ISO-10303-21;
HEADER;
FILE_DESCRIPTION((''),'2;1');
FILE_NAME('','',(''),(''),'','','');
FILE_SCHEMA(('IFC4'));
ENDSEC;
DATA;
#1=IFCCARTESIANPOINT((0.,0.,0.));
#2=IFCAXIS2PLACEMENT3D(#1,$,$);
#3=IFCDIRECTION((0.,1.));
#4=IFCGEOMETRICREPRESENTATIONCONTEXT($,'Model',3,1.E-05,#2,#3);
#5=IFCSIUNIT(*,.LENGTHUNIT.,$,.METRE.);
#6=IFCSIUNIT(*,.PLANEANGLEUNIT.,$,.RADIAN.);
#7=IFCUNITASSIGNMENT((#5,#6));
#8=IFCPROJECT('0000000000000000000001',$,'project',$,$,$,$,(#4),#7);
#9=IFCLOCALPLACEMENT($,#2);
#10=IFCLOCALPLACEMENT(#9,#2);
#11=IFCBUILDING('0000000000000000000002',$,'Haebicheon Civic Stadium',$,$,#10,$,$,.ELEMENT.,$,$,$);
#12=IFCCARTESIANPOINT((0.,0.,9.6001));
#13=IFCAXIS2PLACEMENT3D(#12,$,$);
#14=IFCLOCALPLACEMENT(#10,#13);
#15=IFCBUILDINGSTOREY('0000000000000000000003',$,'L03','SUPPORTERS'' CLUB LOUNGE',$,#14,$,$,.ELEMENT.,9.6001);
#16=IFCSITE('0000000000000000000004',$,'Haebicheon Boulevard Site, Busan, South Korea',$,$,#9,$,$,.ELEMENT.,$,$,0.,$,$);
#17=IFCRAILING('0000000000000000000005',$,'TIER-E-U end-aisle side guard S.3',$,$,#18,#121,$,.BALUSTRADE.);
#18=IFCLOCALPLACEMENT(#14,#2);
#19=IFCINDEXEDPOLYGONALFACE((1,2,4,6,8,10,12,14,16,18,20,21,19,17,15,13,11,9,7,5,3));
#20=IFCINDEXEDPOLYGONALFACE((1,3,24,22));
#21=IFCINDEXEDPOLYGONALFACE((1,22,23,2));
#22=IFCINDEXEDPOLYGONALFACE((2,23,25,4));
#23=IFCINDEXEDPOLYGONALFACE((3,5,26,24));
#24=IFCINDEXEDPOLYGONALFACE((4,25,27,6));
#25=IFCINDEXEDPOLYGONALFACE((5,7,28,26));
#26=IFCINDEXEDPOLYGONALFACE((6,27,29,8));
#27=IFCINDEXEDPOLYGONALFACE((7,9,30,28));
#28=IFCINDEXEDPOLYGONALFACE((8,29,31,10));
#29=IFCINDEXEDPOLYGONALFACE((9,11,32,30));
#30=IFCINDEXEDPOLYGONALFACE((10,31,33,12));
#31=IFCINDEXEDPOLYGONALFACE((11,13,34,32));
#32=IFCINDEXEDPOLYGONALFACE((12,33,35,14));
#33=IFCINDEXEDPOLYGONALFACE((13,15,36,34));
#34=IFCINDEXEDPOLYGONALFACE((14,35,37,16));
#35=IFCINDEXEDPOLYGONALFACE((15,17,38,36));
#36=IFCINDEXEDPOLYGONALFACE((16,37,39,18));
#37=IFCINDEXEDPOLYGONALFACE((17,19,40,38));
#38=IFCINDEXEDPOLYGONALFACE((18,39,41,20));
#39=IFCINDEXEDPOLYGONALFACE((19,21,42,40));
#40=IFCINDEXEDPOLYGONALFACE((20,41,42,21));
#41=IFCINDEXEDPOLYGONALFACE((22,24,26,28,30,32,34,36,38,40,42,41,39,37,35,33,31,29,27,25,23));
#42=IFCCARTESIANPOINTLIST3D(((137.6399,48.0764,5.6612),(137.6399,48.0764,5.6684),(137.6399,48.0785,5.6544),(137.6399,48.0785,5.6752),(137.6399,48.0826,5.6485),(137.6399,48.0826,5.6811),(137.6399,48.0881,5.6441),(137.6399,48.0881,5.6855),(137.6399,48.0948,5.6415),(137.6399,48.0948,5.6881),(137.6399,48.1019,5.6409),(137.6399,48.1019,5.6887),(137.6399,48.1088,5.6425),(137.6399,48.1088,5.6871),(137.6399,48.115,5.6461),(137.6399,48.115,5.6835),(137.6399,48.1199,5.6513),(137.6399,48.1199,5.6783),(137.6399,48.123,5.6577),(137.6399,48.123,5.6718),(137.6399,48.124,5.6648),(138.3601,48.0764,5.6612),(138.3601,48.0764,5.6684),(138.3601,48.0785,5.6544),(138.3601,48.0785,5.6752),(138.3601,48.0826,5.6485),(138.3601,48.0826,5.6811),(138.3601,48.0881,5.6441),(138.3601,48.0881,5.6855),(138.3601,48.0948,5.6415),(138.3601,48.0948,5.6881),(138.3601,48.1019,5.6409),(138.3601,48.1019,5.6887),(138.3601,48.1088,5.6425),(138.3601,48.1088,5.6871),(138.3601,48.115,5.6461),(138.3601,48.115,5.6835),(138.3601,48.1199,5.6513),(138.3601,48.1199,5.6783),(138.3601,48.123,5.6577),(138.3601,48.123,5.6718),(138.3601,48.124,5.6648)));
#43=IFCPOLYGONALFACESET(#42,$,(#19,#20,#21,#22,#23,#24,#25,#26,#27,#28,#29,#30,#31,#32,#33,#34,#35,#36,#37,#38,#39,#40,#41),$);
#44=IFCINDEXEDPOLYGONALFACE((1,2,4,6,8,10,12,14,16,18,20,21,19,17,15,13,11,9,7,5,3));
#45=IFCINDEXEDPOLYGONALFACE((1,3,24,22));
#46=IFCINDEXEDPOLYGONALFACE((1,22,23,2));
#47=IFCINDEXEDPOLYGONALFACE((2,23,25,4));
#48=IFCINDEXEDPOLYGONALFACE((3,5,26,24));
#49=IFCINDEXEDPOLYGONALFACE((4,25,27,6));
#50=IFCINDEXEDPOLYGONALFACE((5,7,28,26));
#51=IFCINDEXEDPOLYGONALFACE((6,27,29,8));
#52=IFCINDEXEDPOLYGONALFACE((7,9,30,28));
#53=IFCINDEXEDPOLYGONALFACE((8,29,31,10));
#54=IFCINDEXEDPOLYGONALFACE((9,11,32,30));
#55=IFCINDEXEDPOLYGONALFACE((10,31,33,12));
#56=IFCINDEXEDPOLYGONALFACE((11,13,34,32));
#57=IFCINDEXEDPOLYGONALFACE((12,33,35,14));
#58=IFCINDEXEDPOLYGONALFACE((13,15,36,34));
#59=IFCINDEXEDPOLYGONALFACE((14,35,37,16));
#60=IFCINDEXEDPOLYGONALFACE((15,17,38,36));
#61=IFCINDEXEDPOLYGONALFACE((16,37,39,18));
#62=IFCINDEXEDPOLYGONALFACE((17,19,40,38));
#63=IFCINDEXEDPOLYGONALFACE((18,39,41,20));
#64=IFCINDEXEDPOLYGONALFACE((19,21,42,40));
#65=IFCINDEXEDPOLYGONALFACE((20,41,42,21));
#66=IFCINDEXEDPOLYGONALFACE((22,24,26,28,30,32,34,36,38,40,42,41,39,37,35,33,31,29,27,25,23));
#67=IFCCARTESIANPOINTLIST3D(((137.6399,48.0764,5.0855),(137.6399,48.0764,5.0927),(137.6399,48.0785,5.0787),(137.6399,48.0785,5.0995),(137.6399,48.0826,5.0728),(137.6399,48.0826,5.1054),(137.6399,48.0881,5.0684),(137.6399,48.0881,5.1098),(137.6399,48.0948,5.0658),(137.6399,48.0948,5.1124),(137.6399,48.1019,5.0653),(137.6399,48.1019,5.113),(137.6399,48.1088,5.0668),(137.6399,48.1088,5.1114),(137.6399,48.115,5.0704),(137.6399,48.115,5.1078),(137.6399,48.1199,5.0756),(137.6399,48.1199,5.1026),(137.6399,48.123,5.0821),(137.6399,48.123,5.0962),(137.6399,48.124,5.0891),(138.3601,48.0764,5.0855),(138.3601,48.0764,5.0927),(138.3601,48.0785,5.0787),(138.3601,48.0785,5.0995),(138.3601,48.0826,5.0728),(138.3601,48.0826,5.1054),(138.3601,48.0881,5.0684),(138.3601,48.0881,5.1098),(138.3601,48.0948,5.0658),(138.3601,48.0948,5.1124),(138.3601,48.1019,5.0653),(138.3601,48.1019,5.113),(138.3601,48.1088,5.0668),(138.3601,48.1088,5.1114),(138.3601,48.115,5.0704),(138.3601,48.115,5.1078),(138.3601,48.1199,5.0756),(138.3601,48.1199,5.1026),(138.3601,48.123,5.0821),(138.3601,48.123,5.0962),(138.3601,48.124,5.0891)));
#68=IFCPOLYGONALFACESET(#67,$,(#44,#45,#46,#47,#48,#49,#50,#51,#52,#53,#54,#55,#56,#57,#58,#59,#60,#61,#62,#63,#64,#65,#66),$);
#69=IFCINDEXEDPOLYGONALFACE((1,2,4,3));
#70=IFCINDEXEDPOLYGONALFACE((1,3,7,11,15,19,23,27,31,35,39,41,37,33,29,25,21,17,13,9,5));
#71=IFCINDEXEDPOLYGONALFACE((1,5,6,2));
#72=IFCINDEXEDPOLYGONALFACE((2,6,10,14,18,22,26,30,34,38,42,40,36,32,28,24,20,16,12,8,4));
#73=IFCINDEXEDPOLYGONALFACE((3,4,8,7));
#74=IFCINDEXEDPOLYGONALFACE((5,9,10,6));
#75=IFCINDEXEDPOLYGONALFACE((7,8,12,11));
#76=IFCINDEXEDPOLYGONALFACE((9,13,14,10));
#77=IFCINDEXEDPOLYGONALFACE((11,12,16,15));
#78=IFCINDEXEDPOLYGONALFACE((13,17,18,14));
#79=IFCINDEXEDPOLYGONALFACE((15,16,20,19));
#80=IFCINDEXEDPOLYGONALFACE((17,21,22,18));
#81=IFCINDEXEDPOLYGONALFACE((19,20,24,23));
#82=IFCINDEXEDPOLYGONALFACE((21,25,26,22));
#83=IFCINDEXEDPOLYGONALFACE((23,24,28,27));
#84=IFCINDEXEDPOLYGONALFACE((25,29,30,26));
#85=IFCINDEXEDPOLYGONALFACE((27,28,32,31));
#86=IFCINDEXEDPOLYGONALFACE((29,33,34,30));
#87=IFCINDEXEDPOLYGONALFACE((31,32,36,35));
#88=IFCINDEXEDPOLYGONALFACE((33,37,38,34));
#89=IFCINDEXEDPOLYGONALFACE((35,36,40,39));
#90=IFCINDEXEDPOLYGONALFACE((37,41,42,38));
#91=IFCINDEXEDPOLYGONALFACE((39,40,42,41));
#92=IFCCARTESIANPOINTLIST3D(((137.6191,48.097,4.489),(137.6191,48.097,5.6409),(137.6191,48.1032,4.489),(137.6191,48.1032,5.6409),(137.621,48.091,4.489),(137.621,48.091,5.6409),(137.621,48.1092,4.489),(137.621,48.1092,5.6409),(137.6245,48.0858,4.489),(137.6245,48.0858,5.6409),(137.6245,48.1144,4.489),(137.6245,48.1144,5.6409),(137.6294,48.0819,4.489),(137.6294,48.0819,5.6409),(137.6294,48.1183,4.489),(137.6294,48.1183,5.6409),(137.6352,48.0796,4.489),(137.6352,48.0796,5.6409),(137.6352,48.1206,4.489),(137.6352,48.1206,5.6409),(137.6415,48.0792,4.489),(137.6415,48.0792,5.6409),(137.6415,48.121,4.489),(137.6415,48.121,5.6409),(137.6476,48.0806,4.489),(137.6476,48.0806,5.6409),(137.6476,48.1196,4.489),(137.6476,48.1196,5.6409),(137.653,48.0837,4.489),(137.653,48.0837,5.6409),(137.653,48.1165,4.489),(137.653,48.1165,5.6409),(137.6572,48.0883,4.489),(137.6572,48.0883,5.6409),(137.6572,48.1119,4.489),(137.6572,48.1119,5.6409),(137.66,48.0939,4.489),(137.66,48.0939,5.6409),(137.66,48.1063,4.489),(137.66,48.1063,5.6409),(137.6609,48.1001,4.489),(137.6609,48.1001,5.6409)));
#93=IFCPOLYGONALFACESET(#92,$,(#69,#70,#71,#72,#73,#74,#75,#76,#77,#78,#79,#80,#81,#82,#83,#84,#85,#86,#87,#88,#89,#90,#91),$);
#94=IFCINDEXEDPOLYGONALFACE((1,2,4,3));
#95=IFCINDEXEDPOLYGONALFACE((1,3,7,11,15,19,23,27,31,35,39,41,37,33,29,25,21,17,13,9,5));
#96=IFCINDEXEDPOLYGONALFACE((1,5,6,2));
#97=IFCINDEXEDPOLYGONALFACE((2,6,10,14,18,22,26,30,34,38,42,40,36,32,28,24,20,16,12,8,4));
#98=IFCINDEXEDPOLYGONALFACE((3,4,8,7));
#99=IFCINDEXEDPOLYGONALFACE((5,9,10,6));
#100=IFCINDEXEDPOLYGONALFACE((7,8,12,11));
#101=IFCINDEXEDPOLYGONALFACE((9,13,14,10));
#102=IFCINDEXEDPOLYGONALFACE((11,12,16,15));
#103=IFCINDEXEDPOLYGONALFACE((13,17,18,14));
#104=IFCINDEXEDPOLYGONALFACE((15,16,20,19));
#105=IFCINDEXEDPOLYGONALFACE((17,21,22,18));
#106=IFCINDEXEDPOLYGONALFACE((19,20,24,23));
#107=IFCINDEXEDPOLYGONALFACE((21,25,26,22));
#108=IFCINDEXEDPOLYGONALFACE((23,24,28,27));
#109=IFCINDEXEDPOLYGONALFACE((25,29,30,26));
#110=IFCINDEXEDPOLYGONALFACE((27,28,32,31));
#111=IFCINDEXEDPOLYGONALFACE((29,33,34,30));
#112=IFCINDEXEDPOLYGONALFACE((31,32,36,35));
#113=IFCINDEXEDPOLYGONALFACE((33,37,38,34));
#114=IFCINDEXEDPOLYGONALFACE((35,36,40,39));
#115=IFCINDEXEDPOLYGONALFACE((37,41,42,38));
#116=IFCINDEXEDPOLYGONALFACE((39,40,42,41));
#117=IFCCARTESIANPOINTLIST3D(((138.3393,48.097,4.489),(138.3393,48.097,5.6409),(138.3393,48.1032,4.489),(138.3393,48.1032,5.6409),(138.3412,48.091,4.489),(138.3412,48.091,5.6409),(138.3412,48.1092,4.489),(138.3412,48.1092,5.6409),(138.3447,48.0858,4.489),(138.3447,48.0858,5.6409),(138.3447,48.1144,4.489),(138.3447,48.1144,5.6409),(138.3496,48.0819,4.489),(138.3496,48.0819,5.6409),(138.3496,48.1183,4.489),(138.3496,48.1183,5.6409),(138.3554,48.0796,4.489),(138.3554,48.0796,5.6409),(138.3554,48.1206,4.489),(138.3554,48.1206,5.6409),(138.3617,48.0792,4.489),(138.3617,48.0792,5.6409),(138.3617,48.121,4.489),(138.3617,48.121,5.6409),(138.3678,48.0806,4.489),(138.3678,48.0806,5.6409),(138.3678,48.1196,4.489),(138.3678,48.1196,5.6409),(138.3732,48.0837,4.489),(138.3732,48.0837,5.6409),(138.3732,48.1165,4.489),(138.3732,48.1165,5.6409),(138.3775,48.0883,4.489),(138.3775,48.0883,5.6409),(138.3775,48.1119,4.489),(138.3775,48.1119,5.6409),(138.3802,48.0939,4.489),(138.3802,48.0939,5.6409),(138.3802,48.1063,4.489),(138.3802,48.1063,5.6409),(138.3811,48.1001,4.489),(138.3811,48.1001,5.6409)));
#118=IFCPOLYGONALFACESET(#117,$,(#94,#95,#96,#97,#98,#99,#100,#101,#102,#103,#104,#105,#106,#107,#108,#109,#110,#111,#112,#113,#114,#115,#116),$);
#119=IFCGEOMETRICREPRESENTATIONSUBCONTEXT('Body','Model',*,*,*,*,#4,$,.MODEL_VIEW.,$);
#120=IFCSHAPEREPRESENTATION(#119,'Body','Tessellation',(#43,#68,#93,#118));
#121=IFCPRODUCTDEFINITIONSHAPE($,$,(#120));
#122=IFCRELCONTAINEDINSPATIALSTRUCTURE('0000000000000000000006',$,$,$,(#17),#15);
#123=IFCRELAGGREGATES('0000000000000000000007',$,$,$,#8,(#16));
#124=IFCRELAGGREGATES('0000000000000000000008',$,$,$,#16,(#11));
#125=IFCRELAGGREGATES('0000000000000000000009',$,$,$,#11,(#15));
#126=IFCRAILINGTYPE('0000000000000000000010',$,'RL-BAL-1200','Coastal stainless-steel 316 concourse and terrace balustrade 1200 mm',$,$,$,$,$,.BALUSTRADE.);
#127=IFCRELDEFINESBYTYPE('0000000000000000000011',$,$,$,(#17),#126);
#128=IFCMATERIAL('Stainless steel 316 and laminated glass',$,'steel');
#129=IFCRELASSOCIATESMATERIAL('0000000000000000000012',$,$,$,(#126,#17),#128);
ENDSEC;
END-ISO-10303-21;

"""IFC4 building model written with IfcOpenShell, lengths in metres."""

from ifc_helpers import new_model, si_unit, direction, frame, origin, origin_2d, place, context, subcontext, project, spatial, circle, extrude, material, type_object, element, save


model = new_model("IFC4")

# Units and contexts
model_context = context("Model", 3, precision=1e-05, world=origin(), true_north=direction((0.0, 1.0)))
body_context = subcontext(model_context, "Body", "Model", "MODEL_VIEW")
ifc_project = project(units=[si_unit("LENGTHUNIT", "METRE"), si_unit("PLANEANGLEUNIT", "RADIAN")], contexts=[model_context])

# Site, building, storey
site_placement = place(None, origin())
site = spatial("IfcSite", under=ifc_project, at=site_placement, Name="Haebicheon Boulevard Site, Busan, South Korea", CompositionType="ELEMENT", RefElevation=0.0)
building_placement = place(site_placement, origin())
building = spatial("IfcBuilding", under=site, at=building_placement, Name="Haebicheon Civic Stadium", CompositionType="ELEMENT")
storey_placement = place(building_placement, frame((0.0, 0.0, 9.6001)))
storey = spatial("IfcBuildingStorey", under=building, at=storey_placement, Name="L03", Description="SUPPORTERS' CLUB LOUNGE", CompositionType="ELEMENT", Elevation=9.6001)

# Railing
ifc_material_1 = material(Name="Stainless steel 316 and laminated glass", Category="steel")
railing_type = type_object("IfcRailingType", Name="RL-BAL-1200", Description="Coastal stainless-steel 316 concourse and terrace balustrade 1200 mm", PredefinedType="BALUSTRADE", material=ifc_material_1)
railing_1_placement = place(storey_placement, frame((137.6399, 48.1001, 4.489)))
element("IfcRailing", 1, at=railing_1_placement, inside=storey, type_object=railing_type, material=ifc_material_1, Name="TIER-E-U end-aisle side guard S.3", PredefinedType="BALUSTRADE", context=body_context, shape_type="SweptSolid", body=[
    extrude(circle(Radius=0.0239, at=origin_2d()), frame((0.0, 0.0, 1.1758), z_axis=(1.0, 0.0, 0.0), x_axis=(0.0, 1.0, 0.0)), (0.0, 0.0, 1.0), 0.7202),
    extrude(circle(Radius=0.0239, at=origin_2d()), frame((0.0, 0.0, 0.6001), z_axis=(1.0, 0.0, 0.0), x_axis=(0.0, 1.0, 0.0)), (0.0, 0.0, 1.0), 0.7202),
    extrude(circle(Radius=0.021, at=origin_2d()), origin(), (0.0, 0.0, 1.0), 1.1519),
    extrude(circle(Radius=0.021, at=origin_2d()), frame((0.7202, 0.0, 0.0)), (0.0, 0.0, 1.0), 1.1519),
])

save(model, "model.ifc")
